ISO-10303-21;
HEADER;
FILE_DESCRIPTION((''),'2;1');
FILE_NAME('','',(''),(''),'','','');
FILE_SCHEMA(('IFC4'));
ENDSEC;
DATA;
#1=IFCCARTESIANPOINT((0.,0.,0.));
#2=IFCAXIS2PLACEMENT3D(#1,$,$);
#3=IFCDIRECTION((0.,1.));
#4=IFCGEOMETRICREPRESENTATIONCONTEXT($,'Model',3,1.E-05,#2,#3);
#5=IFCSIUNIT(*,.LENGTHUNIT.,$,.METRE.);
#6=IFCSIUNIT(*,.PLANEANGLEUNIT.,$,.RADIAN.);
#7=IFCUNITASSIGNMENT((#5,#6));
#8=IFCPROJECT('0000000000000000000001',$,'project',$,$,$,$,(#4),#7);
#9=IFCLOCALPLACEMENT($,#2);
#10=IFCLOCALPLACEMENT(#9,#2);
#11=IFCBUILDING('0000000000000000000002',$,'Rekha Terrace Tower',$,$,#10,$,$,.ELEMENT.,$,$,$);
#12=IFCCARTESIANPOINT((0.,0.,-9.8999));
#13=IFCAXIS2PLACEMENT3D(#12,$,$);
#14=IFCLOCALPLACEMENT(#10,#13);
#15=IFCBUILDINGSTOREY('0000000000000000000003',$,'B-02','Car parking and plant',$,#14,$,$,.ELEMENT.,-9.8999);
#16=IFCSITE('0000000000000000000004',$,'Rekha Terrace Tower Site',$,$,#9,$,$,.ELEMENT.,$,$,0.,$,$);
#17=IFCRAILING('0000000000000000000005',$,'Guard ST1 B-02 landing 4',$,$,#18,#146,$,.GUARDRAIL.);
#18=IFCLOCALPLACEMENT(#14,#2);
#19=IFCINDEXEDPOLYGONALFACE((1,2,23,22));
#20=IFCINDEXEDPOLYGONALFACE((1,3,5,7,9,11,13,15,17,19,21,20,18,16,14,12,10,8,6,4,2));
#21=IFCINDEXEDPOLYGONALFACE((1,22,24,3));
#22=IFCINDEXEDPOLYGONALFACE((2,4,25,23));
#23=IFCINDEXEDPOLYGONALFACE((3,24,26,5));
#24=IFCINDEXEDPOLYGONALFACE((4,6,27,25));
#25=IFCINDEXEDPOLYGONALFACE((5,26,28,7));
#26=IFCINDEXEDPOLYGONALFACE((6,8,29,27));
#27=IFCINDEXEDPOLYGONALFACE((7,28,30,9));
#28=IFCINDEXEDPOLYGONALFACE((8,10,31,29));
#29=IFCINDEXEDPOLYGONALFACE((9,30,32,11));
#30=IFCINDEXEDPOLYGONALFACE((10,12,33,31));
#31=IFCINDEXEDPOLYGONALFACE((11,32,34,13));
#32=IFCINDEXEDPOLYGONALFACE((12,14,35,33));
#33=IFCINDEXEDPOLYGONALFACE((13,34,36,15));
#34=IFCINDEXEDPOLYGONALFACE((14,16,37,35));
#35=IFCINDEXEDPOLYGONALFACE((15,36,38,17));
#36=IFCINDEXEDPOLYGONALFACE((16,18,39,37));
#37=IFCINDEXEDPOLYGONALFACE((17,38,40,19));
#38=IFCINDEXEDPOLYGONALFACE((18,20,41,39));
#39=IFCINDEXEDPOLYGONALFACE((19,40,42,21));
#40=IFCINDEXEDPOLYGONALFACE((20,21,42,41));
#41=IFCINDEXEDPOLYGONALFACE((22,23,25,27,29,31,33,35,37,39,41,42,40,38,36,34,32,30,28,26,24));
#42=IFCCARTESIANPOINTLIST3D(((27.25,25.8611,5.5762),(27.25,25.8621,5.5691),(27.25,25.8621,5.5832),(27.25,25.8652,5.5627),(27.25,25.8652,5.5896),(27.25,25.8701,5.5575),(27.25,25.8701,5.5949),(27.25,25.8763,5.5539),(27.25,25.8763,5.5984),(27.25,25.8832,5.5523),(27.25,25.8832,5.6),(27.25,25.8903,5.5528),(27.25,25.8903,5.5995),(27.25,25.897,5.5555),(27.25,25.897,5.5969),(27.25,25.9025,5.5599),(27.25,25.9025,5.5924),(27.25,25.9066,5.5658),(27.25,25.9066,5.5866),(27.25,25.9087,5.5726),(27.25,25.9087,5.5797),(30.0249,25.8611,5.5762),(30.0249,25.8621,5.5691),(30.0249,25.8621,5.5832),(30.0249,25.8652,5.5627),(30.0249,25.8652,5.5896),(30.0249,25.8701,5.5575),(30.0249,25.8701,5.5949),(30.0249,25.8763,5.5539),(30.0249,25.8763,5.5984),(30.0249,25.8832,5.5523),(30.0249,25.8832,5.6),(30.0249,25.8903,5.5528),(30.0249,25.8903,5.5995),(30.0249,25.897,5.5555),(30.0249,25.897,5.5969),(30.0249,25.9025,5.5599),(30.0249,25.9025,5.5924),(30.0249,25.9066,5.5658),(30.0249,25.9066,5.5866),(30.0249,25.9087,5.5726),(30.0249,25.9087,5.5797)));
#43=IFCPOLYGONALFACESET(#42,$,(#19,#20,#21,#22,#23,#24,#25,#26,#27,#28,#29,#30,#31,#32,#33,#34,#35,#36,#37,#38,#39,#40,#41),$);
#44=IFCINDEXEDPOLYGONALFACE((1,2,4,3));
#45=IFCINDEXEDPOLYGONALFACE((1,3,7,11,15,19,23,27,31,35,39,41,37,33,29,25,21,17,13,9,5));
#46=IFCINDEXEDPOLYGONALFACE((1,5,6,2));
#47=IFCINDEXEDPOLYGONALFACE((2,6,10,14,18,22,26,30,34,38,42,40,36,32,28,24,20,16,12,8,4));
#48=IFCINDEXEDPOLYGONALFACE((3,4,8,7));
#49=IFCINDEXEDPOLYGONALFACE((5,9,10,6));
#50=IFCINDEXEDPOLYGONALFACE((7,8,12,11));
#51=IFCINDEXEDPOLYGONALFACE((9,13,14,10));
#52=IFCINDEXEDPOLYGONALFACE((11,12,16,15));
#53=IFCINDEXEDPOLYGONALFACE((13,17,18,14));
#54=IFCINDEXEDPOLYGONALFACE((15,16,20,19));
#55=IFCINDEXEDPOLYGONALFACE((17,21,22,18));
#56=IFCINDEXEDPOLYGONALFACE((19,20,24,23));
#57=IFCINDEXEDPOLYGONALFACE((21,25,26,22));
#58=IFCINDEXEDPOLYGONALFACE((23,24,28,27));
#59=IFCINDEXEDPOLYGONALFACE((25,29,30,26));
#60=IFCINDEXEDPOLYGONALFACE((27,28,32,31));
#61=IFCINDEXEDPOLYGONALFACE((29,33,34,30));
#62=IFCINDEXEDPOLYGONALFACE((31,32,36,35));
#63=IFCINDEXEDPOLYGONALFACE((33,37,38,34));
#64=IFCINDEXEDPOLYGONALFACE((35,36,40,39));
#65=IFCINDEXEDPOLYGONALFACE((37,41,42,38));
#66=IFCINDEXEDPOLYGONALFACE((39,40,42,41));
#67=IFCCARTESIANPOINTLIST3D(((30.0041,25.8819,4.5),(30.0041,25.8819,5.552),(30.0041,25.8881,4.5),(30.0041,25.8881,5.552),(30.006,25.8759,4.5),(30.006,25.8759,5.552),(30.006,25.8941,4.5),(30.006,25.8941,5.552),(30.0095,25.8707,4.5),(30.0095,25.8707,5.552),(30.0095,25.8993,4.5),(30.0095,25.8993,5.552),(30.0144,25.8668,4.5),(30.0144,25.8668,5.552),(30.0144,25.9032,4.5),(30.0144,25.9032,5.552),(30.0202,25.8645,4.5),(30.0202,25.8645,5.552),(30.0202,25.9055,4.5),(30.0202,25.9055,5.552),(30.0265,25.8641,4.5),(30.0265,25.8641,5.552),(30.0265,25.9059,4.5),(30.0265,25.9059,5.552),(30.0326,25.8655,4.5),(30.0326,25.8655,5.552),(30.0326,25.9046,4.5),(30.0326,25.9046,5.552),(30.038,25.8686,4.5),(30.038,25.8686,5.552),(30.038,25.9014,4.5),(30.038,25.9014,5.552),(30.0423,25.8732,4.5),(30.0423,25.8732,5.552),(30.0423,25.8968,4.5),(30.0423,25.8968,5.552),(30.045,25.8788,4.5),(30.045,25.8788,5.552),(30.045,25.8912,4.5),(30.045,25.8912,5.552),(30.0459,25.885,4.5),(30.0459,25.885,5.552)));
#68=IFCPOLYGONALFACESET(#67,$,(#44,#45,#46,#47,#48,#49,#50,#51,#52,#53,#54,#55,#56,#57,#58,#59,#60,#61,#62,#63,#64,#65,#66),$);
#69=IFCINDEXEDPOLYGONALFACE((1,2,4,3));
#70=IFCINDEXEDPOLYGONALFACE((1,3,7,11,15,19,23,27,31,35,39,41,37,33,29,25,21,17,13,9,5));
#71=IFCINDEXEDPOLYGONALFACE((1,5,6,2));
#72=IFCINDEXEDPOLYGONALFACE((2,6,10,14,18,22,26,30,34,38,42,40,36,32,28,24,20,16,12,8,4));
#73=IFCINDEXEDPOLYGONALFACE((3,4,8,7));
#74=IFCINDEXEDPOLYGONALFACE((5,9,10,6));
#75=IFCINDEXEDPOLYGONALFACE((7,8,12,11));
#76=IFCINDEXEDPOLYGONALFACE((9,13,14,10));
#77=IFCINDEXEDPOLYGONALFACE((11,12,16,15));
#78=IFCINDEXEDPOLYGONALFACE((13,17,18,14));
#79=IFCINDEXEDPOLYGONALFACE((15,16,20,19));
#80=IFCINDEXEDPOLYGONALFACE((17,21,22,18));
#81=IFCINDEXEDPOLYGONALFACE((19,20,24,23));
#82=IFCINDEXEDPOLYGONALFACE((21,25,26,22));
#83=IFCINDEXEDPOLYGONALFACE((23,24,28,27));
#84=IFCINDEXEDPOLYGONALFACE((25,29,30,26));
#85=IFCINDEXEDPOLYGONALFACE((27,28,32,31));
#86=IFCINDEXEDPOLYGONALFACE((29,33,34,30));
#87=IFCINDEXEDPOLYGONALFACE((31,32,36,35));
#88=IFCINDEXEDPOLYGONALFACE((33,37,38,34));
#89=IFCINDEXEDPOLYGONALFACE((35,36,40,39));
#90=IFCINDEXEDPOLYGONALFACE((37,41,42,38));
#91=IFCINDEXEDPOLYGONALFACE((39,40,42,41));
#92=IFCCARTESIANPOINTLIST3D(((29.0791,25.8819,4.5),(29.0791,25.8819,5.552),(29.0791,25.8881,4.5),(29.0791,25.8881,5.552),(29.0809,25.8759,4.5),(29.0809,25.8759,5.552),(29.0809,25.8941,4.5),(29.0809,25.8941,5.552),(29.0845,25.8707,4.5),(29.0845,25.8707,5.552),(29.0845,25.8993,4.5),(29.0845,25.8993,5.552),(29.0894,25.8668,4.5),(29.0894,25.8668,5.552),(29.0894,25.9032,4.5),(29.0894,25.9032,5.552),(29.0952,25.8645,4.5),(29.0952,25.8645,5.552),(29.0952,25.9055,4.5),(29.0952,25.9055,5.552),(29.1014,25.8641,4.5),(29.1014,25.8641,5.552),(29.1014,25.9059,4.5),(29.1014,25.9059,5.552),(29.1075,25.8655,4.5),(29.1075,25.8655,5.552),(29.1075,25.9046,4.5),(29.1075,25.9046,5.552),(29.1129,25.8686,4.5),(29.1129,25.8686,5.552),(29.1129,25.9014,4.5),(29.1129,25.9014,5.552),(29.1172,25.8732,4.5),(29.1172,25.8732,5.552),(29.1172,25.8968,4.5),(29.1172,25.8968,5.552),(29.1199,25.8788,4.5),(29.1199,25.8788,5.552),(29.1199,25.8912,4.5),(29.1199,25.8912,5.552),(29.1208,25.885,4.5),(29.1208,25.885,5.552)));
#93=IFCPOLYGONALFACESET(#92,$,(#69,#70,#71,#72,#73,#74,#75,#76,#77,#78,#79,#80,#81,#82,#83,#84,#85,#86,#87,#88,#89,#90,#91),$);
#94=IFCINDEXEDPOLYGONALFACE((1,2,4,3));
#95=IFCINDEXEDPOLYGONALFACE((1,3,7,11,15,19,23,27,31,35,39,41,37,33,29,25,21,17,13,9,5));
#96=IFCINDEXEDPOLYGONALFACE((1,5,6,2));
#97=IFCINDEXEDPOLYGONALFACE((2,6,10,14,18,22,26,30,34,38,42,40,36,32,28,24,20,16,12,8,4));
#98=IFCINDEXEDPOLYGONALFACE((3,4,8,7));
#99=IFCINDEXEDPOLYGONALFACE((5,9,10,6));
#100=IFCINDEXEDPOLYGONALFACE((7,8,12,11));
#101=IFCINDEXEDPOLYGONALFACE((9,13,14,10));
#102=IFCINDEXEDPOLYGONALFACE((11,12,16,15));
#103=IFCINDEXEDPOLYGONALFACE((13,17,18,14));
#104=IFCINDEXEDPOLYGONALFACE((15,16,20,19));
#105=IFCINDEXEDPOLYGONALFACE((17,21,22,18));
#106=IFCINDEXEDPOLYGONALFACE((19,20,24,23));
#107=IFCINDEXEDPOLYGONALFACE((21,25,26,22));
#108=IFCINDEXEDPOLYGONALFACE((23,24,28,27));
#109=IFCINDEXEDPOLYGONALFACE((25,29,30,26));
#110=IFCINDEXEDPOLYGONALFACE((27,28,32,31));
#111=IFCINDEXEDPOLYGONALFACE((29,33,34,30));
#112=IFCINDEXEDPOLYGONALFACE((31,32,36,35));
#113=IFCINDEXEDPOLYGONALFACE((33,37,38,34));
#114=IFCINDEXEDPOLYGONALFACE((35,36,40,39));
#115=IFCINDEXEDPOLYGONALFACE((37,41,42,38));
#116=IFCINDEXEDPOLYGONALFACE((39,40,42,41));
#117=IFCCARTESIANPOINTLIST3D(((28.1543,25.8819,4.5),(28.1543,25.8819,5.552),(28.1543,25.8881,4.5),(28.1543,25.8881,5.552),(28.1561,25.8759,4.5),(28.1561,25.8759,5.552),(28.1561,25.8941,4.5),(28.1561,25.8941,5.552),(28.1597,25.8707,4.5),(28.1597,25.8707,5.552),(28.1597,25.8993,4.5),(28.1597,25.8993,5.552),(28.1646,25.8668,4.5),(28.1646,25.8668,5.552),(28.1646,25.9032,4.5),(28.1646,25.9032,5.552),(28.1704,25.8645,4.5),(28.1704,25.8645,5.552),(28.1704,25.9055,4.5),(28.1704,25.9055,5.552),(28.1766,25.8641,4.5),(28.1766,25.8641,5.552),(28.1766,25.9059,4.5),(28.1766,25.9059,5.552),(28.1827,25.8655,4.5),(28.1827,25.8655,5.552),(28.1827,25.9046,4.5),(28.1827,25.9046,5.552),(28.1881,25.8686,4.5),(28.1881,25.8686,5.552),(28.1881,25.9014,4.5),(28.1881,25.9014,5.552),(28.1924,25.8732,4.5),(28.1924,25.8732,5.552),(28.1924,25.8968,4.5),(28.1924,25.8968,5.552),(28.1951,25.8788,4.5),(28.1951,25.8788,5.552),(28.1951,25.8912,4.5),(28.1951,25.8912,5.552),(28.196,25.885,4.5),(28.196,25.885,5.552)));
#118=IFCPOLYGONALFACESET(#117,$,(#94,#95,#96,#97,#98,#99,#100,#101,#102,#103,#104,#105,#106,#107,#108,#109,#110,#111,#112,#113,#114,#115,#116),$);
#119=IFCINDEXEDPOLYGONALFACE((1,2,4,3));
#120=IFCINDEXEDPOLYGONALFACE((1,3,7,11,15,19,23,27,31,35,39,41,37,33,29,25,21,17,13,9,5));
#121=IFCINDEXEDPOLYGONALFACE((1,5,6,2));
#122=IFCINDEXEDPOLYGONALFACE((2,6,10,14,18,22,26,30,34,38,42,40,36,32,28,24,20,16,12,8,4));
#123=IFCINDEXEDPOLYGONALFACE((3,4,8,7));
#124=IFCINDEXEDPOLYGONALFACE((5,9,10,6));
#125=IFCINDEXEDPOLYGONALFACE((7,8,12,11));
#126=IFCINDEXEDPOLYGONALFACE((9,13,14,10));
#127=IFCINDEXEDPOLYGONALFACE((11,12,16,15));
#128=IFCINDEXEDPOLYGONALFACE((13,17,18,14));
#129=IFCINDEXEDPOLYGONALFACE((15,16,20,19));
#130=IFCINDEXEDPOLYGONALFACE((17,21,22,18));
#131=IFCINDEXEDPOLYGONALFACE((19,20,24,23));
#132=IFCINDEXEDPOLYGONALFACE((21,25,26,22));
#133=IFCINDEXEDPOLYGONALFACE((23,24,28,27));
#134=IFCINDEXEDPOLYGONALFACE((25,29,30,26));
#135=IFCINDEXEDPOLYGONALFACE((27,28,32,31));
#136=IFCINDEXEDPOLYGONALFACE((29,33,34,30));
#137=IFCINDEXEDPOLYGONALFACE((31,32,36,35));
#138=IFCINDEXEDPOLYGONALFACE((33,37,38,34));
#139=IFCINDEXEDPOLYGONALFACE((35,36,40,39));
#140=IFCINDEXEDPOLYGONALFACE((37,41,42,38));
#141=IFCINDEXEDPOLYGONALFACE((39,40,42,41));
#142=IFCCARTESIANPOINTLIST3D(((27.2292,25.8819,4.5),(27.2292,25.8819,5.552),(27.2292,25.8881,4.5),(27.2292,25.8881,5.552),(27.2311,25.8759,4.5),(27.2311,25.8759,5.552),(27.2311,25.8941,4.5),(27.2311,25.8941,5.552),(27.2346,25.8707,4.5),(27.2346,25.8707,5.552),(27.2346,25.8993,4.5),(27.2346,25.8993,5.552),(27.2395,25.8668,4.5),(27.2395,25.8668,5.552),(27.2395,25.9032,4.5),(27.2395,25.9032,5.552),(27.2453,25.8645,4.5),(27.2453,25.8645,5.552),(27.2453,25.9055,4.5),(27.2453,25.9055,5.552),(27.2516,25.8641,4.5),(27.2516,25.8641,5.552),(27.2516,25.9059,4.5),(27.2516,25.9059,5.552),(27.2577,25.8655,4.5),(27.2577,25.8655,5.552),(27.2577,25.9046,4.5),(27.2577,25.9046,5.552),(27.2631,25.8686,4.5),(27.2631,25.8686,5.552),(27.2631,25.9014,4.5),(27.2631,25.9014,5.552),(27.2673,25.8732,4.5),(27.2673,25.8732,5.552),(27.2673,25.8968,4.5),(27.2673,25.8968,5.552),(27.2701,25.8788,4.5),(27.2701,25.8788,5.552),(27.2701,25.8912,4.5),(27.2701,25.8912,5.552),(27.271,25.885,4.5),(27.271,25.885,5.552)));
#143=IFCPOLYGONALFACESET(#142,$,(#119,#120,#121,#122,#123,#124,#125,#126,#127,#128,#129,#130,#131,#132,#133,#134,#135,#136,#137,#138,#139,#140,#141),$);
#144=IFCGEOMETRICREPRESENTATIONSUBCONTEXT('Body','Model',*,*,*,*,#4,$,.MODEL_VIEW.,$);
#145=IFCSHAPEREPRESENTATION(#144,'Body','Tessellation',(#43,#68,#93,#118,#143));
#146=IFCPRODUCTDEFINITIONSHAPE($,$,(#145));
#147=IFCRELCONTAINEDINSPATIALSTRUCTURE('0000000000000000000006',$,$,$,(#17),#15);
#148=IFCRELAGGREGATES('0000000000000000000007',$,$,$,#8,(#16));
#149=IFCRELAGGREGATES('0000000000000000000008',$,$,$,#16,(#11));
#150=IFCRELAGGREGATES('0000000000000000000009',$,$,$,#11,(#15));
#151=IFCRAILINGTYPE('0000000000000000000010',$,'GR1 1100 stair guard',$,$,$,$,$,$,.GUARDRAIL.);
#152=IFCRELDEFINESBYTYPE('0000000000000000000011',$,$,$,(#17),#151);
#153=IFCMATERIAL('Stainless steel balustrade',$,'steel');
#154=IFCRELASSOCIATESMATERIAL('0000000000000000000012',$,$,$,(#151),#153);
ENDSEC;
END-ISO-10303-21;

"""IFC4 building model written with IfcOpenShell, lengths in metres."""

from ifc_helpers import new_model, si_unit, direction, frame, origin, origin_2d, place, context, subcontext, project, spatial, circle, extrude, material, type_object, element, save


model = new_model("IFC4")

# Units and contexts
model_context = context("Model", 3, precision=1e-05, world=origin(), true_north=direction((0.0, 1.0)))
body_context = subcontext(model_context, "Body", "Model", "MODEL_VIEW")
ifc_project = project(units=[si_unit("LENGTHUNIT", "METRE"), si_unit("PLANEANGLEUNIT", "RADIAN")], contexts=[model_context])

# Site, building, storey
site_placement = place(None, origin())
site = spatial("IfcSite", under=ifc_project, at=site_placement, Name="Rekha Terrace Tower Site", CompositionType="ELEMENT", RefElevation=0.0)
building_placement = place(site_placement, origin())
building = spatial("IfcBuilding", under=site, at=building_placement, Name="Rekha Terrace Tower", CompositionType="ELEMENT")
storey_placement = place(building_placement, frame((0.0, 0.0, -9.8999)))
storey = spatial("IfcBuildingStorey", under=building, at=storey_placement, Name="B-02", Description="Car parking and plant", CompositionType="ELEMENT", Elevation=-9.8999)

# Railing
ifc_material_1 = material(Name="Stainless steel balustrade", Category="steel")
railing_type_1 = type_object("IfcRailingType", Name="GR1 1100 stair guard", PredefinedType="GUARDRAIL", material=ifc_material_1)
railing_1_placement = place(storey_placement, frame((30.0249, 25.885, 4.5)))
element("IfcRailing", 1, at=railing_1_placement, inside=storey, type_object=railing_type_1, Name="Guard ST1 B-02 landing 4", PredefinedType="GUARDRAIL", context=body_context, shape_type="SweptSolid", body=[
    extrude(circle(Radius=0.0239, at=origin_2d()), frame((0.0, 0.0, 1.0762), z_axis=(-1.0, 0.0, 0.0), x_axis=(0.0, -1.0, 0.0)), (0.0, 0.0, 1.0), 2.7749),
    extrude(circle(Radius=0.021, at=origin_2d()), origin(), (0.0, 0.0, 1.0), 1.052),
    extrude(circle(Radius=0.021, at=origin_2d()), frame((-0.925, 0.0, 0.0)), (0.0, 0.0, 1.0), 1.052),
    extrude(circle(Radius=0.021, at=origin_2d()), frame((-1.8499, 0.0, 0.0)), (0.0, 0.0, 1.0), 1.052),
    extrude(circle(Radius=0.021, at=origin_2d()), frame((-2.7749, 0.0, 0.0)), (0.0, 0.0, 1.0), 1.052),
])

save(model, "model.ifc")
